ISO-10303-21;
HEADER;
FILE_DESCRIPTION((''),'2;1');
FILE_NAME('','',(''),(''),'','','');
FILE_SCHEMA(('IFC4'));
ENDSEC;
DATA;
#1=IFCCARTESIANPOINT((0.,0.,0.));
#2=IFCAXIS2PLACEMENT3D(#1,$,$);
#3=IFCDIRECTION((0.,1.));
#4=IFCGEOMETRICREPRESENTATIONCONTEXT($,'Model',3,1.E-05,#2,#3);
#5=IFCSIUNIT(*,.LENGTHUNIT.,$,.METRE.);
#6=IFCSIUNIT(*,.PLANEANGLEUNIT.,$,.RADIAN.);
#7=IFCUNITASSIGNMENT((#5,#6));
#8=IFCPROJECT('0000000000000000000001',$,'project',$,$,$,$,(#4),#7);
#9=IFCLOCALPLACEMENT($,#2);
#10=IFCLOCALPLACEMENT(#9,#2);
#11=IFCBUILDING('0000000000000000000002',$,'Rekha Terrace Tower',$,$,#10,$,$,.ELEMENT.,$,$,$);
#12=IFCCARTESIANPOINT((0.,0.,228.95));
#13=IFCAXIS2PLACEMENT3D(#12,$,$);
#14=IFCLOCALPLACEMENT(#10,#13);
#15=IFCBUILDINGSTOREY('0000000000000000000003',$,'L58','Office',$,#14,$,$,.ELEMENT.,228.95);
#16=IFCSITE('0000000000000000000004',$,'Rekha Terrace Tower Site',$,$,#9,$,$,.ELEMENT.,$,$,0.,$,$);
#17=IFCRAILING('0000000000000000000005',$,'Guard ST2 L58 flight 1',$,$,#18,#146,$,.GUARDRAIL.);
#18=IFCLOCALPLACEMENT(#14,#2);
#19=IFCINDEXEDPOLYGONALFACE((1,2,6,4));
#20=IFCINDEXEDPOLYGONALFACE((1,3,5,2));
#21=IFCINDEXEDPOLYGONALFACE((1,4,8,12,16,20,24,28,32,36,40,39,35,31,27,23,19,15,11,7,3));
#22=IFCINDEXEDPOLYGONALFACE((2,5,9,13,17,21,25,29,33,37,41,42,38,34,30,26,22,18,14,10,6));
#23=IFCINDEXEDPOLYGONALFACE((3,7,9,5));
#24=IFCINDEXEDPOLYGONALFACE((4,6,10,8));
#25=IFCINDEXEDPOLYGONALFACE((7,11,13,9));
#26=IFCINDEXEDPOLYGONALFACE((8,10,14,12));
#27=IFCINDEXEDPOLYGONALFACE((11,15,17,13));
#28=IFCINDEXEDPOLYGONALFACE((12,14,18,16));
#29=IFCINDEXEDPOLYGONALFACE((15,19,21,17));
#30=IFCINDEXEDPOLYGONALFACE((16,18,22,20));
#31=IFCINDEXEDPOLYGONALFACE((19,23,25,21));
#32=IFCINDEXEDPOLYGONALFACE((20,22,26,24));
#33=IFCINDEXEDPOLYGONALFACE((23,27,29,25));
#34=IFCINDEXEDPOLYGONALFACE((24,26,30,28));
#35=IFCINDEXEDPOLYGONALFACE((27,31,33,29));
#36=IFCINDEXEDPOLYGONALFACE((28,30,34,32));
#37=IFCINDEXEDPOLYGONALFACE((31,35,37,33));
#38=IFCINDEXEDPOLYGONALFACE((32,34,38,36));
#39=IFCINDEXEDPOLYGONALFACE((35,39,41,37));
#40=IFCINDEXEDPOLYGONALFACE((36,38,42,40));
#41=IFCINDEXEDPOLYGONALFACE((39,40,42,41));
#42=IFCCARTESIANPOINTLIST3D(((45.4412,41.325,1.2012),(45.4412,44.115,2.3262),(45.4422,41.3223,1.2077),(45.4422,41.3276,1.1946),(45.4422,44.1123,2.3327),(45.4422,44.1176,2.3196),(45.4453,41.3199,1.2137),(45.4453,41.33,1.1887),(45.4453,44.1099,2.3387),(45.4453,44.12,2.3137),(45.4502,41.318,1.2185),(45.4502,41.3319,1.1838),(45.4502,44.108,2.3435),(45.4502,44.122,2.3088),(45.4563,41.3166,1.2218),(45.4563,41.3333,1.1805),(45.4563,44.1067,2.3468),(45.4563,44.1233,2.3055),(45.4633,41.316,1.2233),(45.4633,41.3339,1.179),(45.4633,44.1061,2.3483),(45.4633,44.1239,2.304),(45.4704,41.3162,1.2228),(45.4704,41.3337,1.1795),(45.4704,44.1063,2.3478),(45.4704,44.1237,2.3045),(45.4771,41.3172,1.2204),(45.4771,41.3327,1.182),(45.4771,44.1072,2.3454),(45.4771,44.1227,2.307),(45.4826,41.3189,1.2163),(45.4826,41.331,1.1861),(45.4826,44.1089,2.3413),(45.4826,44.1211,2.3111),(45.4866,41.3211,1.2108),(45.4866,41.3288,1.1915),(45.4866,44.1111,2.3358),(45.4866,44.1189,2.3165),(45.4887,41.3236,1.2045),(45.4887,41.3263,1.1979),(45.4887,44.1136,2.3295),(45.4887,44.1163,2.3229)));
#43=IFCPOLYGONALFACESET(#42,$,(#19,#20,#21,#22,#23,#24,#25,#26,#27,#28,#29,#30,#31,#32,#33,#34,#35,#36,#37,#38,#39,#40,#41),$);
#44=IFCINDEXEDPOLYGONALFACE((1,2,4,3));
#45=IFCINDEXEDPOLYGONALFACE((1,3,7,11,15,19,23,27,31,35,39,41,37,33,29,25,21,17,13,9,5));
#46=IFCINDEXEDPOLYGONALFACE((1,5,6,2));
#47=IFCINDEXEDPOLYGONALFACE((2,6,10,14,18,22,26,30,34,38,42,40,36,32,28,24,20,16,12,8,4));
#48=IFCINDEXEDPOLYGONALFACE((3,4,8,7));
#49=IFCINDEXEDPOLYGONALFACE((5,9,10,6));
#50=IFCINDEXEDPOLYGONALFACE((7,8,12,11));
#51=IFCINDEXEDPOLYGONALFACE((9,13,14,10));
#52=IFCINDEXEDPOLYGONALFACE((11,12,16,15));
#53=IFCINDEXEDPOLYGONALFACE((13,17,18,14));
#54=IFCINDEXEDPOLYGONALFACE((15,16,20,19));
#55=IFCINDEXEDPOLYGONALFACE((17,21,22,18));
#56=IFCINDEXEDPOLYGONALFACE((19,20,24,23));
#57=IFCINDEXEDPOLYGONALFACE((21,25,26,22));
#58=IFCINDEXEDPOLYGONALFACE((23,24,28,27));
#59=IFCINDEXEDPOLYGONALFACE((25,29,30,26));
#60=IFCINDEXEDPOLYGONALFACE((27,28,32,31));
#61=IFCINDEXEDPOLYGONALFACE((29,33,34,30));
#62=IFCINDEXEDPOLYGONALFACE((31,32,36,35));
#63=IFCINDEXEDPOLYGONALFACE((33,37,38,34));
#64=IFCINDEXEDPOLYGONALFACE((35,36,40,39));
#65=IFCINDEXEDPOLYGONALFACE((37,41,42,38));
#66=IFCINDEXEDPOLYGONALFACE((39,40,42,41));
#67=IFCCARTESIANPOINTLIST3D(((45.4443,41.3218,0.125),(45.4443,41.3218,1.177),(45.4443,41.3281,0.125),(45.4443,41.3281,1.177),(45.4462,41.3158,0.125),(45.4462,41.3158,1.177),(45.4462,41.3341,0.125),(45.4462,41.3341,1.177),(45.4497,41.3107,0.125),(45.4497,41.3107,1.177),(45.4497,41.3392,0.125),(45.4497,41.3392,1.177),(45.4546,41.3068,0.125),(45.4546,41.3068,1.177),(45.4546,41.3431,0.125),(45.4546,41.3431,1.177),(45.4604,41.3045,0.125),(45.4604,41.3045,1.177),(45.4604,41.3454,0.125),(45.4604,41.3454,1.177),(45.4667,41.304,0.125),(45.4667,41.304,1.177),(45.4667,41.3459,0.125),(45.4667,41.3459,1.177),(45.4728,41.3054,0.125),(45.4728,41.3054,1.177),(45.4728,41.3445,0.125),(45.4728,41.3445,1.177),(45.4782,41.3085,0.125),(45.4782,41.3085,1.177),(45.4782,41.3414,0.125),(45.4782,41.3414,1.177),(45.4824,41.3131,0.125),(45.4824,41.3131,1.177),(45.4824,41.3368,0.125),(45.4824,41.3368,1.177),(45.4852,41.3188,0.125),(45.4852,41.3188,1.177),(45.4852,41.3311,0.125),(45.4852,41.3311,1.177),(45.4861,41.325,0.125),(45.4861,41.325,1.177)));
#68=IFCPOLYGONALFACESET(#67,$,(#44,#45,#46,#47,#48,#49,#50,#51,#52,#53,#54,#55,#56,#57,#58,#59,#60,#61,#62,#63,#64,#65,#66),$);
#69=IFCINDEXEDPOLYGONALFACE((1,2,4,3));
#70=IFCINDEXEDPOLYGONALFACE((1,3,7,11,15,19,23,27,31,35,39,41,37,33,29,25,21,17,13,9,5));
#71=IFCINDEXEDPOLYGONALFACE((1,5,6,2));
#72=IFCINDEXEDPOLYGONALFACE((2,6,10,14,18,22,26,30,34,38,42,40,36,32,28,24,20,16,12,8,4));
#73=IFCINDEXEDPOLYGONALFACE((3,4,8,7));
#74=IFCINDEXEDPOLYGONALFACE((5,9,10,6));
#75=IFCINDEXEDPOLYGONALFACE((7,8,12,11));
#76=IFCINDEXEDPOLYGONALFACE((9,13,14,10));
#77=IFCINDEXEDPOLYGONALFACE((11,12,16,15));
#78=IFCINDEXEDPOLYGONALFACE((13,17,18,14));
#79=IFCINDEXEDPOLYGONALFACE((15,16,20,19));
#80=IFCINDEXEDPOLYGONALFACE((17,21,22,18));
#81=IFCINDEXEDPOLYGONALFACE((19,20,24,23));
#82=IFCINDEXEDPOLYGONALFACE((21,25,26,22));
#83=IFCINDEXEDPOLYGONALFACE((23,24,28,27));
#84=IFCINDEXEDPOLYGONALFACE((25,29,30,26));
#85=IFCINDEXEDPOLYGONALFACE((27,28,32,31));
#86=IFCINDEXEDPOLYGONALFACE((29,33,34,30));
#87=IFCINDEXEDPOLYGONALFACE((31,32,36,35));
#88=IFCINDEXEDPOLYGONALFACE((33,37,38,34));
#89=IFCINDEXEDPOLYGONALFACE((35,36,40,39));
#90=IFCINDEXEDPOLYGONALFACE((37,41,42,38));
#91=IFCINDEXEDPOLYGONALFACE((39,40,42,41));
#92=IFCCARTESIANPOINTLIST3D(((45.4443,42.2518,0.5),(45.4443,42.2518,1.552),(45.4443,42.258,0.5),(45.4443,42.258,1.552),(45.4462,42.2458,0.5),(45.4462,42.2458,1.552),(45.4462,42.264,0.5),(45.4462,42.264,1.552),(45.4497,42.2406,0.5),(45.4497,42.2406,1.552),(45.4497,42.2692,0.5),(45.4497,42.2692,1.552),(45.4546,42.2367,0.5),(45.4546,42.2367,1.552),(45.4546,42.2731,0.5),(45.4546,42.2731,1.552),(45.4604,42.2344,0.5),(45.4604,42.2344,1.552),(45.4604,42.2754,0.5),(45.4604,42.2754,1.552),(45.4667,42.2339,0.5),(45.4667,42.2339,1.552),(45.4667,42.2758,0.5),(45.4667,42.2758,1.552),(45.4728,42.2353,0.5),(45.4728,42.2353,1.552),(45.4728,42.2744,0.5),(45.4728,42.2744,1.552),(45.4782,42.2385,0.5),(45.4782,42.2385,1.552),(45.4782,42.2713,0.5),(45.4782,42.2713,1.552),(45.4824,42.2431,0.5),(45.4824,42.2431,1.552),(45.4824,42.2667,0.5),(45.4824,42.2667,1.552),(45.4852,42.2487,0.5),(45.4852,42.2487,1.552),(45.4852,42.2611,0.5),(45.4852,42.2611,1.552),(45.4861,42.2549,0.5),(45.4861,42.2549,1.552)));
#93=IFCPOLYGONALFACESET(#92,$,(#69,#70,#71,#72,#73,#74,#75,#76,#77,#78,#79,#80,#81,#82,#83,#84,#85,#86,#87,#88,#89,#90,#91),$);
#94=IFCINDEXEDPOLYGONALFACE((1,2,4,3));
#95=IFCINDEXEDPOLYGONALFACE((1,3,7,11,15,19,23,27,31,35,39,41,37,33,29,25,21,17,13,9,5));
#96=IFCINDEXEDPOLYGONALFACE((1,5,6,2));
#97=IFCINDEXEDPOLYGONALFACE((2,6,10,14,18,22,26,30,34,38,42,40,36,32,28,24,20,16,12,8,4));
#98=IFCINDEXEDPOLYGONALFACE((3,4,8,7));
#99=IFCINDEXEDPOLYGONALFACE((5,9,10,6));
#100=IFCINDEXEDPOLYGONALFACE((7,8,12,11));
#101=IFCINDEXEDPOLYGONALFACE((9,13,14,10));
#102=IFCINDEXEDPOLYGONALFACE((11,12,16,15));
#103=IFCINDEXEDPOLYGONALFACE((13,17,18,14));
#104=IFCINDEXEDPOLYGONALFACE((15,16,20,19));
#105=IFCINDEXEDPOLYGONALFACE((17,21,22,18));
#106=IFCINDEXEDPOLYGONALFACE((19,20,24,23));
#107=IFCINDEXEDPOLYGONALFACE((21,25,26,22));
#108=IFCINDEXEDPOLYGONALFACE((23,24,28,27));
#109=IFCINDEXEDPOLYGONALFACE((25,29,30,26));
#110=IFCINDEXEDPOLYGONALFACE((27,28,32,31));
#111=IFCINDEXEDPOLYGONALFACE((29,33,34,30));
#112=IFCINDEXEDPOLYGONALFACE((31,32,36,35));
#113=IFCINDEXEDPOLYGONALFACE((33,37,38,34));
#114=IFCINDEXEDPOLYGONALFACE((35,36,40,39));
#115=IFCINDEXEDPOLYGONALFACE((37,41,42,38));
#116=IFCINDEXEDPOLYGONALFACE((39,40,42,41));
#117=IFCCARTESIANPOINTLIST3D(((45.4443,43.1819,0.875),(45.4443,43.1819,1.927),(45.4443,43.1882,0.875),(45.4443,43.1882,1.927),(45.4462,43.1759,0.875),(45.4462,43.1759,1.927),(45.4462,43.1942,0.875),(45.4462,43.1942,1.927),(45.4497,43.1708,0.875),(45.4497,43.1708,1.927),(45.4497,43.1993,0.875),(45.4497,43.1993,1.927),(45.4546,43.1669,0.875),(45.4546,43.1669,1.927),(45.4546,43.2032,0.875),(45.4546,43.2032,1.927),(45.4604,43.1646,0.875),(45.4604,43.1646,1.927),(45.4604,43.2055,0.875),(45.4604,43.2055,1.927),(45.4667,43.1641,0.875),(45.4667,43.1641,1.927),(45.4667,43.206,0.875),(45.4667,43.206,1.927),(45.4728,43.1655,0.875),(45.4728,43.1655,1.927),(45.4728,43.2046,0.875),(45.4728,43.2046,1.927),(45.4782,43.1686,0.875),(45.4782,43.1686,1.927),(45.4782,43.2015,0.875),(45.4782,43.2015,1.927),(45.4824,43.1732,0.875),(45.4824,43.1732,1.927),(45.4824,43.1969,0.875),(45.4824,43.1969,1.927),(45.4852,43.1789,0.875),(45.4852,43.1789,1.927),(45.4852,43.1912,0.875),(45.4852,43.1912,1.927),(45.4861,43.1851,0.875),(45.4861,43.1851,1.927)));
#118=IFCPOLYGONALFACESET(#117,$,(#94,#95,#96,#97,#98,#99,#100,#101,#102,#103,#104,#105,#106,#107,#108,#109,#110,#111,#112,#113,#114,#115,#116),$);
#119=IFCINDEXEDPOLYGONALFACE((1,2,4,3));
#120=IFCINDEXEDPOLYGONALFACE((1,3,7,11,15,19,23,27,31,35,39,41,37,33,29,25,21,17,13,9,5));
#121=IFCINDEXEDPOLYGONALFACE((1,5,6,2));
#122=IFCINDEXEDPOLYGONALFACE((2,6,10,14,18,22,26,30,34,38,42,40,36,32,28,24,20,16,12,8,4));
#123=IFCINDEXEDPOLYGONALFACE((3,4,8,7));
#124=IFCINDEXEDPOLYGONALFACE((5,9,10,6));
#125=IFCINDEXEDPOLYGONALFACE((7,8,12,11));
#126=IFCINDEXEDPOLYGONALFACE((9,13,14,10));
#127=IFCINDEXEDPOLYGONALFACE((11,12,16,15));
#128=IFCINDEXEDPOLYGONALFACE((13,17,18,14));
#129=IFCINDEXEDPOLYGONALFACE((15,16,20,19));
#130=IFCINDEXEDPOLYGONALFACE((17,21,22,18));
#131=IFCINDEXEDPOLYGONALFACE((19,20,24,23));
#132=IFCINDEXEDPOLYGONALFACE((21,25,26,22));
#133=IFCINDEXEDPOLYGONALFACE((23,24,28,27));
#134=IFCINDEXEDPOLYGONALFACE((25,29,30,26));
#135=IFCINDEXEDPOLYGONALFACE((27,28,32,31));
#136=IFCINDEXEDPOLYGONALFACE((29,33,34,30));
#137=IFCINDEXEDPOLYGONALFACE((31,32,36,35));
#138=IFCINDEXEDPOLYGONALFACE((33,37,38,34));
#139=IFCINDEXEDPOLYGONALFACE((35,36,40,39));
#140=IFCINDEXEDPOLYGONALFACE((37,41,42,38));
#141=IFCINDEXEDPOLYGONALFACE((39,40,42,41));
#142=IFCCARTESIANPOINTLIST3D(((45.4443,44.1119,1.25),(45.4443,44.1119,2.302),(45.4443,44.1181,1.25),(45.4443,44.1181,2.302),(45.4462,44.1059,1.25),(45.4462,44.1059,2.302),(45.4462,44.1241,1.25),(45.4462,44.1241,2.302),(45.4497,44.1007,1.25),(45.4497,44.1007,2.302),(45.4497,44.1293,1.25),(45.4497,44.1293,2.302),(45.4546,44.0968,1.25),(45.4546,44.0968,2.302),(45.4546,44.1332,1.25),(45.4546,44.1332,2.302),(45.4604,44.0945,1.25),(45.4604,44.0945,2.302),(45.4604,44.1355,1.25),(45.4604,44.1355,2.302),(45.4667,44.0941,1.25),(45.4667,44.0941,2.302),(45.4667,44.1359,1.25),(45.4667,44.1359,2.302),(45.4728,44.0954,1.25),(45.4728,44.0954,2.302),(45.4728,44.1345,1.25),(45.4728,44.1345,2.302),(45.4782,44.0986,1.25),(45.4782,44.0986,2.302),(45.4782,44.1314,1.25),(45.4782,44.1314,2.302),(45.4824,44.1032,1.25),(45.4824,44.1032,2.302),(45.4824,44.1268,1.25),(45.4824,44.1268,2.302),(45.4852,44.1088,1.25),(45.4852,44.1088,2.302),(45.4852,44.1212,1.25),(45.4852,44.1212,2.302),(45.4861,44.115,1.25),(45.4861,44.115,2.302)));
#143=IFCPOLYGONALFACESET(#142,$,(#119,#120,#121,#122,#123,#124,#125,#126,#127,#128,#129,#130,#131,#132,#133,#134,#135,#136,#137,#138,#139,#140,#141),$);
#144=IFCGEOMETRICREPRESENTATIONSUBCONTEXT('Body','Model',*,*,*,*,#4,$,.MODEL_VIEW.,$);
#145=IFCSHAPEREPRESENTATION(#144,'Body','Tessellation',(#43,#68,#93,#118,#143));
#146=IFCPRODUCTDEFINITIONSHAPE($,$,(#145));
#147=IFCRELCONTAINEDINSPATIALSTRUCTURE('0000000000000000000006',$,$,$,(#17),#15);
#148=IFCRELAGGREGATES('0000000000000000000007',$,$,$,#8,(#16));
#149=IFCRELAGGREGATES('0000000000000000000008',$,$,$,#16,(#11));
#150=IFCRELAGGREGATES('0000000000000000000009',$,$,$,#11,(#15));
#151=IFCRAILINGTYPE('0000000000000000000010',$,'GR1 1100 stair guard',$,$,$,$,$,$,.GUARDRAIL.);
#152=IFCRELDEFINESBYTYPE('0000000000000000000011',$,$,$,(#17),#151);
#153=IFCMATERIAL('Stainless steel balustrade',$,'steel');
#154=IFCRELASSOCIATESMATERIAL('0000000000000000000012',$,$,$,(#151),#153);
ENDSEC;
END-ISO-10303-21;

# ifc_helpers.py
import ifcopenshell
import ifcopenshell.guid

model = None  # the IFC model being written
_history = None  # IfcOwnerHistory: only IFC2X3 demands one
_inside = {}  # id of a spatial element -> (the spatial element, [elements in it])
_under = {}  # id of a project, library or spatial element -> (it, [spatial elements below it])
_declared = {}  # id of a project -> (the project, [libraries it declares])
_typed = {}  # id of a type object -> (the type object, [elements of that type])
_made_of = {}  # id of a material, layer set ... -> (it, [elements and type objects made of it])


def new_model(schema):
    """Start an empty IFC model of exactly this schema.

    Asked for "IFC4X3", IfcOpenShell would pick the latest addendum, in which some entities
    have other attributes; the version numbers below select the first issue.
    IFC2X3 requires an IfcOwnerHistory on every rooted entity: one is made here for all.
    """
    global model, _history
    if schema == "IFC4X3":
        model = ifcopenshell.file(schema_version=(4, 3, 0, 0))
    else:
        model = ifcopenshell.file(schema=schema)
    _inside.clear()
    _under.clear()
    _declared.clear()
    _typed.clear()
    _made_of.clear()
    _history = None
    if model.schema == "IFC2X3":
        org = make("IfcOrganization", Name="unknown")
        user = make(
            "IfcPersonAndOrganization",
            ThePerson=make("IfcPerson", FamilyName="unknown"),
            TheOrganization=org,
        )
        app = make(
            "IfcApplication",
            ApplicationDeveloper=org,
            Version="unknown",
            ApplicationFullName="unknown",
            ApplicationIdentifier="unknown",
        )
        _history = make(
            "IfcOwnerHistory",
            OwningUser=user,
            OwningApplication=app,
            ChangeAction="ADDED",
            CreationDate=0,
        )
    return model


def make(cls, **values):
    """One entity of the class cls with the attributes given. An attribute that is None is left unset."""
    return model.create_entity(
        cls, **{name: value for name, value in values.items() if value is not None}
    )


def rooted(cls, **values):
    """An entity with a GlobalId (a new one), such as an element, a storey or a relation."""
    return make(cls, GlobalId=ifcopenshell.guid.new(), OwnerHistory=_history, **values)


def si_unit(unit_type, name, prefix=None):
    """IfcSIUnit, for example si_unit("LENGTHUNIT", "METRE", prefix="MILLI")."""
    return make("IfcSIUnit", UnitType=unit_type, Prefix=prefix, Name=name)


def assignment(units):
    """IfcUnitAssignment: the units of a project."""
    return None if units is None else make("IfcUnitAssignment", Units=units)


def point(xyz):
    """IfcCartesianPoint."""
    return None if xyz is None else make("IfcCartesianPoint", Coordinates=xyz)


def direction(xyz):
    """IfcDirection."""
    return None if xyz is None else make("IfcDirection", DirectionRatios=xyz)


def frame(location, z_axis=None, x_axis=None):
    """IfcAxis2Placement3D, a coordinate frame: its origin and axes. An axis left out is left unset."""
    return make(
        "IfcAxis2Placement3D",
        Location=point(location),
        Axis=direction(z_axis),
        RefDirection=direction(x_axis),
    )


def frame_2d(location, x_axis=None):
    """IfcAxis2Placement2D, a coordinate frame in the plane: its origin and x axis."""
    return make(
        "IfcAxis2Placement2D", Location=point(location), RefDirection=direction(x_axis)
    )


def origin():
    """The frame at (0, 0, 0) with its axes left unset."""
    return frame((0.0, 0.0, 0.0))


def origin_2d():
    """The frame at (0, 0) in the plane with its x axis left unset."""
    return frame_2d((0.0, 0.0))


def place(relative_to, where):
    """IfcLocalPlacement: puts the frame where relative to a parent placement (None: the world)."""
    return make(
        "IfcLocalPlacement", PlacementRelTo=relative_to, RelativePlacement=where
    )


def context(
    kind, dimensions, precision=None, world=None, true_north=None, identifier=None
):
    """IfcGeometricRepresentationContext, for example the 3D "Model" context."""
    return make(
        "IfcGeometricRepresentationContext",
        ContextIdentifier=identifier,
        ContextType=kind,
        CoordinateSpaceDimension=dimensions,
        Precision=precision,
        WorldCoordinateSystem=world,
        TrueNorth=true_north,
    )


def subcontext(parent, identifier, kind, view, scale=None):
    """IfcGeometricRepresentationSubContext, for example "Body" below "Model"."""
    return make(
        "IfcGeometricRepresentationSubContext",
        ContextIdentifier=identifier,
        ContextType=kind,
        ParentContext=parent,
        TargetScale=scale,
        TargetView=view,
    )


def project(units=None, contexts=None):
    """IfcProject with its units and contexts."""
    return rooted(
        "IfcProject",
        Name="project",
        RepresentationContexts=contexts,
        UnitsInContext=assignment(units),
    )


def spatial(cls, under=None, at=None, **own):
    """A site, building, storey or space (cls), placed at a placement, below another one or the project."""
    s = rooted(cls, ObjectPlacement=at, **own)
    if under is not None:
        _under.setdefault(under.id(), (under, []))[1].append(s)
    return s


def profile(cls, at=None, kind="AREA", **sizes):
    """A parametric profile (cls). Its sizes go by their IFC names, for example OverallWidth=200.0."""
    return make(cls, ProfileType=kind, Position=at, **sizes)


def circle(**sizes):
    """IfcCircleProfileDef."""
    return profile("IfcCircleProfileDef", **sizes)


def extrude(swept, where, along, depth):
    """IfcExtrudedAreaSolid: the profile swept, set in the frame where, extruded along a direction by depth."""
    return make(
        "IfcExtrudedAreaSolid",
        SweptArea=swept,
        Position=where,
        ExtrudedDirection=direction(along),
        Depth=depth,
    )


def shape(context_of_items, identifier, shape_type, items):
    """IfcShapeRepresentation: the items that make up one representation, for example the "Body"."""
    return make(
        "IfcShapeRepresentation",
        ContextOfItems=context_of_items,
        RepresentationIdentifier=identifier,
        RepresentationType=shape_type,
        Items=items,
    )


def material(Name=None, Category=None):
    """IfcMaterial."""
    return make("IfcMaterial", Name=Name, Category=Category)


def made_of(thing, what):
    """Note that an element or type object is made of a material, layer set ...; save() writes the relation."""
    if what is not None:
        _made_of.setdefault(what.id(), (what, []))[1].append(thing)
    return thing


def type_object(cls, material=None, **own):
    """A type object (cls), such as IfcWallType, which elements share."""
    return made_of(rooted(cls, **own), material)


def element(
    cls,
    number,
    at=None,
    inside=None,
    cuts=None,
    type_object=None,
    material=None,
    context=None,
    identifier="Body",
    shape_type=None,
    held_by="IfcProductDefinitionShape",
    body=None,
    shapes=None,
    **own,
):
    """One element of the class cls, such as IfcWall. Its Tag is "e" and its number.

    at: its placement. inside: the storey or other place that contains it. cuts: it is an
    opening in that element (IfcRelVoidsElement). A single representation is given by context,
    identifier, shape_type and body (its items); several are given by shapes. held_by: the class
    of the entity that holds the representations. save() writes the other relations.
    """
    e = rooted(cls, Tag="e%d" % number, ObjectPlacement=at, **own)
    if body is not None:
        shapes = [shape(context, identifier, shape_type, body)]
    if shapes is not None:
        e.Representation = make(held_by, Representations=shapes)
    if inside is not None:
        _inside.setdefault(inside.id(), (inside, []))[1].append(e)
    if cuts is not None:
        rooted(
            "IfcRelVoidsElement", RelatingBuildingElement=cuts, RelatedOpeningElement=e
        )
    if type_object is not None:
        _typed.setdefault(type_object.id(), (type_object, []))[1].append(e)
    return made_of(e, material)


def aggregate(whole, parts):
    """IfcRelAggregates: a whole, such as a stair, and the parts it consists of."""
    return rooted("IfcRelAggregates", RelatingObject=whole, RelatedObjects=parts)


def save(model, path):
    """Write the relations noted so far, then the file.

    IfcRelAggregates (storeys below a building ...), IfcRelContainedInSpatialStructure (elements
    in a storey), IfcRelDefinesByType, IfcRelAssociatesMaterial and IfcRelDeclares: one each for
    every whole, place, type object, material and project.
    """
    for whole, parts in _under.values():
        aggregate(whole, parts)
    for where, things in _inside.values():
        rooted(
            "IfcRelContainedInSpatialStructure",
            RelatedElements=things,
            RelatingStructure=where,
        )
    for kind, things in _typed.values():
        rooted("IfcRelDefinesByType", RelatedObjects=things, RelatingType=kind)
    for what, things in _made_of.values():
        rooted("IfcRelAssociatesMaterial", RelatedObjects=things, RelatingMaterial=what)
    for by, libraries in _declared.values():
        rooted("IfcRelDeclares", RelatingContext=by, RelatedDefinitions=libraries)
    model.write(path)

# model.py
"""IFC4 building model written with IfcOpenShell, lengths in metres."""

from ifc_helpers import new_model, si_unit, direction, frame, origin, origin_2d, place, context, subcontext, project, spatial, circle, extrude, material, type_object, element, save


model = new_model("IFC4")

# Units and contexts
model_context = context("Model", 3, precision=1e-05, world=origin(), true_north=direction((0.0, 1.0)))
body_context = subcontext(model_context, "Body", "Model", "MODEL_VIEW")
ifc_project = project(units=[si_unit("LENGTHUNIT", "METRE"), si_unit("PLANEANGLEUNIT", "RADIAN")], contexts=[model_context])

# Site, building, storey
site_placement = place(None, origin())
site = spatial("IfcSite", under=ifc_project, at=site_placement, Name="Rekha Terrace Tower Site", CompositionType="ELEMENT", RefElevation=0.0)
building_placement = place(site_placement, origin())
building = spatial("IfcBuilding", under=site, at=building_placement, Name="Rekha Terrace Tower", CompositionType="ELEMENT")
storey_placement = place(building_placement, frame((0.0, 0.0, 228.95)))
storey = spatial("IfcBuildingStorey", under=building, at=storey_placement, Name="L58", Description="Office", CompositionType="ELEMENT", Elevation=228.95)

# Railing
ifc_material_1 = material(Name="Stainless steel balustrade", Category="steel")
railing_type_1 = type_object("IfcRailingType", Name="GR1 1100 stair guard", PredefinedType="GUARDRAIL", material=ifc_material_1)
railing_1_placement = place(storey_placement, frame((45.4651, 41.325, 0.125)))
element("IfcRailing", 1, at=railing_1_placement, inside=storey, type_object=railing_type_1, Name="Guard ST2 L58 flight 1", PredefinedType="GUARDRAIL", context=body_context, shape_type="SweptSolid", body=[
    extrude(circle(Radius=0.0239, at=origin_2d()), frame((0.0, 0.0, 1.0762), z_axis=(0.0, 0.927443, 0.373964), x_axis=(-1.0, 0.0, 0.0)), (0.0, 0.0, 1.0), 3.0083),
    extrude(circle(Radius=0.021, at=origin_2d()), origin(), (0.0, 0.0, 1.0), 1.052),
    extrude(circle(Radius=0.021, at=origin_2d()), frame((0.0, 0.9299, 0.375)), (0.0, 0.0, 1.0), 1.052),
    extrude(circle(Radius=0.021, at=origin_2d()), frame((0.0, 1.8601, 0.75)), (0.0, 0.0, 1.0), 1.052),
    extrude(circle(Radius=0.021, at=origin_2d()), frame((0.0, 2.79, 1.125)), (0.0, 0.0, 1.0), 1.052),
])

save(model, "model.ifc")
